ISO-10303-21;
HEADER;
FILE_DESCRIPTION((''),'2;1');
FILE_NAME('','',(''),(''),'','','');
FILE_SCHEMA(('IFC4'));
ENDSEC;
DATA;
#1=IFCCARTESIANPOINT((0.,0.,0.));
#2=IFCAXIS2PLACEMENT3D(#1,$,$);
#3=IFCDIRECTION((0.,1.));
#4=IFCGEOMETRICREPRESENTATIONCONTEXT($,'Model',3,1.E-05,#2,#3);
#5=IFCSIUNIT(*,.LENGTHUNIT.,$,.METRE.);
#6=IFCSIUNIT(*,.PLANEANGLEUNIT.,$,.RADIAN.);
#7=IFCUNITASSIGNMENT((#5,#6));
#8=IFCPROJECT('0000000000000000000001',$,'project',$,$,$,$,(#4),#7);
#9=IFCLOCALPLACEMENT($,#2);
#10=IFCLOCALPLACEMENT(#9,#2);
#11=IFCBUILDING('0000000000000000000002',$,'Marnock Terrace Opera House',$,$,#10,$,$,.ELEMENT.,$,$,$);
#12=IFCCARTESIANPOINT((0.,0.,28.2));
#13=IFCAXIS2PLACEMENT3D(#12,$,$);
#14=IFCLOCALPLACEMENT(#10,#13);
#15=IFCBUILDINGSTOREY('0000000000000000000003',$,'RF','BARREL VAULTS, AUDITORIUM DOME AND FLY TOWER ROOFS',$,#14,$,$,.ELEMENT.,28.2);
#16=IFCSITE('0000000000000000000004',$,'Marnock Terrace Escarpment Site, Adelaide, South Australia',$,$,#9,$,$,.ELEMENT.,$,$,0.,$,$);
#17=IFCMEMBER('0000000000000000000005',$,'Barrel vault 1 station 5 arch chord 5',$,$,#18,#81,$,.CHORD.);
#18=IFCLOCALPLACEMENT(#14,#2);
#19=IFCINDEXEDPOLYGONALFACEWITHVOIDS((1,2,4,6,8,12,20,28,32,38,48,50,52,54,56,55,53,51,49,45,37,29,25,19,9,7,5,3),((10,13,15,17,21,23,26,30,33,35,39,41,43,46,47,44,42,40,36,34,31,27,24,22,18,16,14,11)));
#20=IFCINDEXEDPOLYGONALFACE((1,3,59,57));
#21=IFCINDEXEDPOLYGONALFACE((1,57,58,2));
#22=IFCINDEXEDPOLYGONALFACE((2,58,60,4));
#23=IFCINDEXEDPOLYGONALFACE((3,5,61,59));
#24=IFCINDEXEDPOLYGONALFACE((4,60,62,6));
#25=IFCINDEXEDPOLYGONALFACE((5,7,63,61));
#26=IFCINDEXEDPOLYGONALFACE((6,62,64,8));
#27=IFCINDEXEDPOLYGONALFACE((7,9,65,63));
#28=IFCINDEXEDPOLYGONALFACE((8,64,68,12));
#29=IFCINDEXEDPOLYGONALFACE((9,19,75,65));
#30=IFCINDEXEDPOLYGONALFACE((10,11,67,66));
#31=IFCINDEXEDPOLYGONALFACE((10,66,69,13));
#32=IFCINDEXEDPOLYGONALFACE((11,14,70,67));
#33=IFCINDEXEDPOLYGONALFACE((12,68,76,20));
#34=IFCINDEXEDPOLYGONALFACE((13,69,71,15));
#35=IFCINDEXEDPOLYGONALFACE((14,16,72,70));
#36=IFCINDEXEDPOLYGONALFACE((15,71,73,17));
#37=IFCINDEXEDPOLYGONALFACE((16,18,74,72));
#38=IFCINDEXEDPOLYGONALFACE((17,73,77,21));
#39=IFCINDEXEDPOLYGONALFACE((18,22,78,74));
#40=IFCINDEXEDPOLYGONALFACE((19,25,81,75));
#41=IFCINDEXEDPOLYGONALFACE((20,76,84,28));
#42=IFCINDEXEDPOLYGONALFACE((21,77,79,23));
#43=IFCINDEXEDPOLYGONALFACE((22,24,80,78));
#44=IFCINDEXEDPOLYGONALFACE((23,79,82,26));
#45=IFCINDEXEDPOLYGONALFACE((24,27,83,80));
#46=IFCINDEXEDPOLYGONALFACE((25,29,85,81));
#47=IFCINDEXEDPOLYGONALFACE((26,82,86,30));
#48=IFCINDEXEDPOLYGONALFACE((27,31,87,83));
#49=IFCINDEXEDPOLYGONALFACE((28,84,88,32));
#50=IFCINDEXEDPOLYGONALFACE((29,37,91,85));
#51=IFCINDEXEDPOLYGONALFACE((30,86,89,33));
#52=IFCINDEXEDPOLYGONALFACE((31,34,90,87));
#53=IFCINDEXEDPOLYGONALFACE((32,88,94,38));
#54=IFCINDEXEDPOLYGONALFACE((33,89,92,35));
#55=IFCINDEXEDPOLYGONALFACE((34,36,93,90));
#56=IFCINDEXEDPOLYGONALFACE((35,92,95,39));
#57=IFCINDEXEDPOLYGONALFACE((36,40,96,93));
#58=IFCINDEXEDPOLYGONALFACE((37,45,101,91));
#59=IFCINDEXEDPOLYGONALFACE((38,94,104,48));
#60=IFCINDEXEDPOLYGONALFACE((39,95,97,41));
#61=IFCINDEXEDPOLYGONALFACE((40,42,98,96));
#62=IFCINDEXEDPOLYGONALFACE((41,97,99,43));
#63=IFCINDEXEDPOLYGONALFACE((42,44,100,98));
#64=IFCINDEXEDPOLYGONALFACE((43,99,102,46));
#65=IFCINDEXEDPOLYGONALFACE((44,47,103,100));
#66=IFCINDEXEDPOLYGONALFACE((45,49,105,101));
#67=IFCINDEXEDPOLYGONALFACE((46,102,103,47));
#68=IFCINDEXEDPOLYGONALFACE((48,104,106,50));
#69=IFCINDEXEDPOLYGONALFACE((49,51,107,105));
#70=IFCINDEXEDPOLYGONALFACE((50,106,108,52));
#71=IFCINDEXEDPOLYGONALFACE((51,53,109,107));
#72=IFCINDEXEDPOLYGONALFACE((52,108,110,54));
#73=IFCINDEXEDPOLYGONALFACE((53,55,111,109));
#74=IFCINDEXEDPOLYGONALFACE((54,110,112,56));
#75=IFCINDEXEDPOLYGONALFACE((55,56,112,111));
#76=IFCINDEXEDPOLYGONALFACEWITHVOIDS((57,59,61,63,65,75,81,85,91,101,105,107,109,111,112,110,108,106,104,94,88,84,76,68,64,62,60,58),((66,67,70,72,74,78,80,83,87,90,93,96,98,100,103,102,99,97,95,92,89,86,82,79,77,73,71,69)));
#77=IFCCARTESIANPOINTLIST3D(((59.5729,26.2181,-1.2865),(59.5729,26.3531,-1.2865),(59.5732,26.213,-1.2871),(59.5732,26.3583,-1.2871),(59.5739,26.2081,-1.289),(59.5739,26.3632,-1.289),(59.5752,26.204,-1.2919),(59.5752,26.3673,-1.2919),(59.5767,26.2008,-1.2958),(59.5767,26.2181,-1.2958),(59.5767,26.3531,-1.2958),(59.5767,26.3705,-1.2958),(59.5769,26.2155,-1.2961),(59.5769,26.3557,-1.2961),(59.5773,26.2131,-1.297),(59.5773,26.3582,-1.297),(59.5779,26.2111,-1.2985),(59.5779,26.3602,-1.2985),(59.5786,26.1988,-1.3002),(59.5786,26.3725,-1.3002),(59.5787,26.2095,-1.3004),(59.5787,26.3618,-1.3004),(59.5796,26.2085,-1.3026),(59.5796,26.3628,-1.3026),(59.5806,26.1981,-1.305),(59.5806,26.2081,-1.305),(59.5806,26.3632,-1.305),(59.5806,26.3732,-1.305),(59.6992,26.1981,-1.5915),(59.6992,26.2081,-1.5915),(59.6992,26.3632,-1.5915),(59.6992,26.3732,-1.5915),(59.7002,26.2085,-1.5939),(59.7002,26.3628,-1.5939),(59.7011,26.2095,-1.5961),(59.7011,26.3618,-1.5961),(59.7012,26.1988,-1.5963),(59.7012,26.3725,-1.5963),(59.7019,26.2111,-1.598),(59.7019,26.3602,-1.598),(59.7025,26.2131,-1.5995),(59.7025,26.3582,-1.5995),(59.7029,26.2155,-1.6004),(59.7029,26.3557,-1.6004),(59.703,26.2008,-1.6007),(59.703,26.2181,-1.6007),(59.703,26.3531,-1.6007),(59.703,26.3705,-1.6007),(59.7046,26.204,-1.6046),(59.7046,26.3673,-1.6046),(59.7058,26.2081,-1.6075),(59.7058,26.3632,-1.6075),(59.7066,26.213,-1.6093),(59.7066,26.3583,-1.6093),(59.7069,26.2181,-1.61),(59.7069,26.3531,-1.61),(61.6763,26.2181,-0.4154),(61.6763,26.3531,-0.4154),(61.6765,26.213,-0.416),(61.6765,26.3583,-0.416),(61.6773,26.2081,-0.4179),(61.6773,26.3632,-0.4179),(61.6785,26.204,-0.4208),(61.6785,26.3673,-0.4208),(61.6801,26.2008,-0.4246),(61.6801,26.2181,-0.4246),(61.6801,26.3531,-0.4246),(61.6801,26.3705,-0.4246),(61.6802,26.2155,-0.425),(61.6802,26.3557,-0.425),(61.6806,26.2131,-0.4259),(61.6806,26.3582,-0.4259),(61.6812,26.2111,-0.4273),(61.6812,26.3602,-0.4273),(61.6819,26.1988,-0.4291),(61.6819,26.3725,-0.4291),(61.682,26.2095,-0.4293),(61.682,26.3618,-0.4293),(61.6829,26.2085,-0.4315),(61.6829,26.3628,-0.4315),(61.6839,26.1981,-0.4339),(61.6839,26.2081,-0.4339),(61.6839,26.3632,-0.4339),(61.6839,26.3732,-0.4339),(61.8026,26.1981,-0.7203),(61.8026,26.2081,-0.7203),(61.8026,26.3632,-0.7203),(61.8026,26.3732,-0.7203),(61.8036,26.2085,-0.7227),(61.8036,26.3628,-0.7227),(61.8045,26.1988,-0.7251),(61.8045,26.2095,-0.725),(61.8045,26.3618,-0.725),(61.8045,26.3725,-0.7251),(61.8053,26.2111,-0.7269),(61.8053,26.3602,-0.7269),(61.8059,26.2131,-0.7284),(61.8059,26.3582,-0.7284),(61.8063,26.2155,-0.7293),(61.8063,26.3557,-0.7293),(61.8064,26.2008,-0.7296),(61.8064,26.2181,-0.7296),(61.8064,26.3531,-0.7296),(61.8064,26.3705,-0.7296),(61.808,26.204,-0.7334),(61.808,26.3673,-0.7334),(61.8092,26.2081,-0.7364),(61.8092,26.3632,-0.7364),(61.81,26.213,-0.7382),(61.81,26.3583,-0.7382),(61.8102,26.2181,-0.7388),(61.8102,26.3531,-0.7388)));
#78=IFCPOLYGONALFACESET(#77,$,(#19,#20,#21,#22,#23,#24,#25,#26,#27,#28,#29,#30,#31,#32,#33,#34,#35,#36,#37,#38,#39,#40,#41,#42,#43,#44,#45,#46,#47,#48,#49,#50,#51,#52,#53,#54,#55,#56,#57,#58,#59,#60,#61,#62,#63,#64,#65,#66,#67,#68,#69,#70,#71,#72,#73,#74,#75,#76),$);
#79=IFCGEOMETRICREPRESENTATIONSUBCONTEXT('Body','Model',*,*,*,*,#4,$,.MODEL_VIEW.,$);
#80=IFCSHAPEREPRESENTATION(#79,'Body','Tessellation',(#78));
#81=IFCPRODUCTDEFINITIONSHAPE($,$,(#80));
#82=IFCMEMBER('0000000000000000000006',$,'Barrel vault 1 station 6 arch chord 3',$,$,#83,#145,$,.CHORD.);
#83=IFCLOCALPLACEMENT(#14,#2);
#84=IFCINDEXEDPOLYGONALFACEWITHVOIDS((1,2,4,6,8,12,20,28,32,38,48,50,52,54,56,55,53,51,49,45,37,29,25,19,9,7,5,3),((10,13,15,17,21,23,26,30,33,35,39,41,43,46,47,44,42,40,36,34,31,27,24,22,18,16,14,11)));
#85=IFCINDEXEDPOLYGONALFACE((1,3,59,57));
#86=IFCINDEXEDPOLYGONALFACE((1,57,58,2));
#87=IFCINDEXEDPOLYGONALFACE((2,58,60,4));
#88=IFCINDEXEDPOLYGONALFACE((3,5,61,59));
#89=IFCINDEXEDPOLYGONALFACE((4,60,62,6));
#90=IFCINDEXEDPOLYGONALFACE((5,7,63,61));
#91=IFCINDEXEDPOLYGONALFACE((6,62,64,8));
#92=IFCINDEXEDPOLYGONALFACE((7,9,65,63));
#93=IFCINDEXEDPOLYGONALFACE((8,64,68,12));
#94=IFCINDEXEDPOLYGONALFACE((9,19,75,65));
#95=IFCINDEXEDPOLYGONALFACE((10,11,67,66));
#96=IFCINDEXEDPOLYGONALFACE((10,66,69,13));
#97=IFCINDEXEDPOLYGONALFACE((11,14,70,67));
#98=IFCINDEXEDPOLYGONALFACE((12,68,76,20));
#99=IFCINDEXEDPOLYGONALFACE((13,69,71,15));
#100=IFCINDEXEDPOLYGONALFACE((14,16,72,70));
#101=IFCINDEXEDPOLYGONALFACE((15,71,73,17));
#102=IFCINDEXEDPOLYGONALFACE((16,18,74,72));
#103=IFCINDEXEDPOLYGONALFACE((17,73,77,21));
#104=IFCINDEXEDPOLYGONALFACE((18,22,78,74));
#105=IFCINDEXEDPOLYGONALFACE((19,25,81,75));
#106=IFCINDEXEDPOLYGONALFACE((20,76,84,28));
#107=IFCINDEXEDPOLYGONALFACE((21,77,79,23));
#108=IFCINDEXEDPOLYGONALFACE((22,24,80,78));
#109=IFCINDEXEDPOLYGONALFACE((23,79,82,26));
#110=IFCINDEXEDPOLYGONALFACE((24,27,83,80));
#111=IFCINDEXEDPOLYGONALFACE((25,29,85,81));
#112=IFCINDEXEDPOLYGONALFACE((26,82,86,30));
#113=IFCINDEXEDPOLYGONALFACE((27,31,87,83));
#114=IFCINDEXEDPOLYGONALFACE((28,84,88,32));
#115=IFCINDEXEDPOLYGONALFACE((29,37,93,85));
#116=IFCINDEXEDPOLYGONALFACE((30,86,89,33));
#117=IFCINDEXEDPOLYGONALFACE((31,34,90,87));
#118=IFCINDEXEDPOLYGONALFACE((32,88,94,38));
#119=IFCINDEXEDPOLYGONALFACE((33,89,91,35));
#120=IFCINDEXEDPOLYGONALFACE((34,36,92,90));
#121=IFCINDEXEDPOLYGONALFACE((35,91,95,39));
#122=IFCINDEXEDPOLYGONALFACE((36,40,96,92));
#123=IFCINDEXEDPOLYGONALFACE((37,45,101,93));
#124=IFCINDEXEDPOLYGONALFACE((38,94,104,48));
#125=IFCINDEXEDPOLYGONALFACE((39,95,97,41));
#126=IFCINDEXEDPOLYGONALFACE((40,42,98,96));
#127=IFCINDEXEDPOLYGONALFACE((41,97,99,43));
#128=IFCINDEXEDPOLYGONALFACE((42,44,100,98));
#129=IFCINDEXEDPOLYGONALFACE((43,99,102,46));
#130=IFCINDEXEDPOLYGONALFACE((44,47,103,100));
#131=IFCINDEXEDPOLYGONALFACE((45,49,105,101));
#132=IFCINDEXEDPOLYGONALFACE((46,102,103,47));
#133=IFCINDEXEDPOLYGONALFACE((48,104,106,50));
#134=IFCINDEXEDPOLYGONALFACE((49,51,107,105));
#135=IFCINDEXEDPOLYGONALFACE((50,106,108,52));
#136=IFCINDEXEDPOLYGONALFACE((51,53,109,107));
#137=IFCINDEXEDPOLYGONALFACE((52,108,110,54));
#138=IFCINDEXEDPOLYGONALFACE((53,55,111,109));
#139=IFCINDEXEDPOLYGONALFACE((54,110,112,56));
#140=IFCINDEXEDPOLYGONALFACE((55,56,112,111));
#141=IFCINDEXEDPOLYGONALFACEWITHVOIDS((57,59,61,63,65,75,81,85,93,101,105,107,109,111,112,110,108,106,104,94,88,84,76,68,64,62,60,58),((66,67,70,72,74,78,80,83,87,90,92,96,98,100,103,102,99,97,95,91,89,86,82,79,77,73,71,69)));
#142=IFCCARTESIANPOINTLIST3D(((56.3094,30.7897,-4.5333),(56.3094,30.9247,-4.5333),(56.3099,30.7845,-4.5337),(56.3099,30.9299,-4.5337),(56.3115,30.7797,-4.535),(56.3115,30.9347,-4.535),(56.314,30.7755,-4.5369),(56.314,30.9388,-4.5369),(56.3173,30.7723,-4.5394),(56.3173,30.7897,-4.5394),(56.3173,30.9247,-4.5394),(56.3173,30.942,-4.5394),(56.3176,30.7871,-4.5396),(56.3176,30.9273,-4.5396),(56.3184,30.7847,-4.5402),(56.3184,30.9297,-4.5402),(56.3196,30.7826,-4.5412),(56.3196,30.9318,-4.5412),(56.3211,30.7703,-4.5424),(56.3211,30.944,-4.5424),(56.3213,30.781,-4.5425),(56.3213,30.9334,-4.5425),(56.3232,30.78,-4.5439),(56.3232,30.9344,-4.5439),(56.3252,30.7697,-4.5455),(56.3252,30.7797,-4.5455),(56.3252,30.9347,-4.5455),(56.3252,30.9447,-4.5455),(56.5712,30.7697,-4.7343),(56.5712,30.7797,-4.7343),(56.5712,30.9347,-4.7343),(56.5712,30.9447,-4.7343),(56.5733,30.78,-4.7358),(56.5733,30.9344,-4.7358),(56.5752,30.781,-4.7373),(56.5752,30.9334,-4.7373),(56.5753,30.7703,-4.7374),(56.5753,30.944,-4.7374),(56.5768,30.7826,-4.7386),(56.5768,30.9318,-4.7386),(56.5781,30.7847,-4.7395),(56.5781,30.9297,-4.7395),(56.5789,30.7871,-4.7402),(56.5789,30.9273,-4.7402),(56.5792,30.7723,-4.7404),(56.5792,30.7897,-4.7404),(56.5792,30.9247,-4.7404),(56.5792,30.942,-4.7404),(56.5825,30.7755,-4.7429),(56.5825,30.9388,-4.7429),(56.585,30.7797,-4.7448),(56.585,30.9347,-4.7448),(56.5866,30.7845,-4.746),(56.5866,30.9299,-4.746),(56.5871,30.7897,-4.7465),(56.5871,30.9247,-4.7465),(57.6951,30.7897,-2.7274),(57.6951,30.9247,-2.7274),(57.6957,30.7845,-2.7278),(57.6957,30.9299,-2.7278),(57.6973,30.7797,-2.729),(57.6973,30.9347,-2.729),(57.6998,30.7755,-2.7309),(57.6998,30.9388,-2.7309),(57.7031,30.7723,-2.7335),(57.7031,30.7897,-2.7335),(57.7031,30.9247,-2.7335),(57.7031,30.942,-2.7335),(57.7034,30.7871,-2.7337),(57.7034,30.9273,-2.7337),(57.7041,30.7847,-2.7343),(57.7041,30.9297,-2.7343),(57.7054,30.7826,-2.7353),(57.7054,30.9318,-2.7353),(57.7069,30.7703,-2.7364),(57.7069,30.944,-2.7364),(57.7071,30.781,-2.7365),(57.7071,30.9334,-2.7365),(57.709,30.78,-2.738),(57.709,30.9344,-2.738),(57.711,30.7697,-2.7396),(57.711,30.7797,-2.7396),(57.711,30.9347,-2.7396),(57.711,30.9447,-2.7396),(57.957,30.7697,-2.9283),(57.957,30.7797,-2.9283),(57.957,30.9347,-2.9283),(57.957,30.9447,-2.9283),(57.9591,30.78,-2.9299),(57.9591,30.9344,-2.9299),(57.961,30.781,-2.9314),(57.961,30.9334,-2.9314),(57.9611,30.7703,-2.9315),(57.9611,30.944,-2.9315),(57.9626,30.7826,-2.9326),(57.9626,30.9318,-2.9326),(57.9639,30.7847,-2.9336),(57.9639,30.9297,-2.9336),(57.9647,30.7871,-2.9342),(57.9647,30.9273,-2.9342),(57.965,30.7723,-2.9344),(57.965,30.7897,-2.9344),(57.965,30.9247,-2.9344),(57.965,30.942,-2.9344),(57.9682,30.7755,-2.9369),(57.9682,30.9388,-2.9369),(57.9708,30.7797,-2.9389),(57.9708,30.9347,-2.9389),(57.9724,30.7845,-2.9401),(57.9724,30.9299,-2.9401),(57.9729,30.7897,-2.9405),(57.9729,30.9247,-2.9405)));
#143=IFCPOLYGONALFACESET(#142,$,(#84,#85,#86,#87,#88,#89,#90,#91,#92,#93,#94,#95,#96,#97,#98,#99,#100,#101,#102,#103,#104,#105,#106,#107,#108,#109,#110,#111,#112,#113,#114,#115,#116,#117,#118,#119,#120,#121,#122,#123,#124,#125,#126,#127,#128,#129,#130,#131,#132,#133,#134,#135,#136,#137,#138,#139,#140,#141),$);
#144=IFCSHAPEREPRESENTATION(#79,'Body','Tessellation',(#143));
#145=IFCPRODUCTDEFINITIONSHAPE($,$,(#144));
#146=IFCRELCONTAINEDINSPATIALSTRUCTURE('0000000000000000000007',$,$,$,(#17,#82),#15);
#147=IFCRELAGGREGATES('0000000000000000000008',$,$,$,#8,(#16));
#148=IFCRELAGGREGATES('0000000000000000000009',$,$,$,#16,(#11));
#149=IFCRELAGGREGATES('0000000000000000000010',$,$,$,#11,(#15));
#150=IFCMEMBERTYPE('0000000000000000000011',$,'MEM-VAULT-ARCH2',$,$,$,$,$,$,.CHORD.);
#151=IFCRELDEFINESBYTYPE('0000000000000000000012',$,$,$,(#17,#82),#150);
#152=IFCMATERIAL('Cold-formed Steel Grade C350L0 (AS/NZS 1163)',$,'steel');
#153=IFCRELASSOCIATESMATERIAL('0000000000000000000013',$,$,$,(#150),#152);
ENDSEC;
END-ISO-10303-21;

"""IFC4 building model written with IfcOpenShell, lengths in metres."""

from ifc_helpers import new_model, si_unit, direction, frame, origin, origin_2d, place, context, subcontext, project, spatial, hollow_rectangle, extrude, material, material_profile, profile_set, type_object, element, save


model = new_model("IFC4")

# Units and contexts
model_context = context("Model", 3, precision=1e-05, world=origin(), true_north=direction((0.0, 1.0)))
body_context = subcontext(model_context, "Body", "Model", "MODEL_VIEW")
ifc_project = project(units=[si_unit("LENGTHUNIT", "METRE"), si_unit("PLANEANGLEUNIT", "RADIAN")], contexts=[model_context])

# Site, building, storey
site_placement = place(None, origin())
site = spatial("IfcSite", under=ifc_project, at=site_placement, Name="Marnock Terrace Escarpment Site, Adelaide, South Australia", CompositionType="ELEMENT", RefElevation=0.0)
building_placement = place(site_placement, origin())
building = spatial("IfcBuilding", under=site, at=building_placement, Name="Marnock Terrace Opera House", CompositionType="ELEMENT")
storey_placement = place(building_placement, frame((0.0, 0.0, 28.2)))
storey = spatial("IfcBuildingStorey", under=building, at=storey_placement, Name="RF", Description="BARREL VAULTS, AUDITORIUM DOME AND FLY TOWER ROOFS", CompositionType="ELEMENT", Elevation=28.2)

# Members
ifc_material_1 = material(Name="Cold-formed Steel Grade C350L0 (AS/NZS 1163)", Category="steel")
ifc_material_profile_1 = material_profile(ifc_material_1, hollow_rectangle(XDim=0.175, YDim=0.3501, WallThickness=0.01, InnerFilletRadius=0.01, OuterFilletRadius=0.02, at=origin_2d()))
ifc_profile_set_1 = profile_set([ifc_material_profile_1], Name="Cold-formed Steel Grade C350L0 (AS/NZS 1163)")
member_type_1 = type_object("IfcMemberType", Name="MEM-VAULT-ARCH2", PredefinedType="CHORD", material=ifc_profile_set_1)
member_1_placement = place(storey_placement, frame((59.6399, 26.2856, -1.4482), z_axis=(0.923897, 0.0, 0.382642), x_axis=(0.0, 1.0, 0.0)))
element("IfcMember", 1, at=member_1_placement, inside=storey, type_object=member_type_1, Name="Barrel vault 1 station 5 arch chord 5", PredefinedType="CHORD", context=body_context, shape_type="SweptSolid", body=[
    extrude(hollow_rectangle(XDim=0.175, YDim=0.3501, WallThickness=0.01, InnerFilletRadius=0.01, OuterFilletRadius=0.02, at=origin_2d()), origin(), (0.0, 0.0, 1.0), 2.2766),
])
for number, where, z_axis, x_axis, name in (
    (2, (56.4482, 30.8572, -4.6399), (0.608767, 0.0, 0.793349), (0.0, 1.0, 0.0), "Barrel vault 1 station 6 arch chord 3"),
):
    element("IfcMember", number, at=place(storey_placement, frame(where, z_axis=z_axis, x_axis=x_axis)), inside=storey, type_object=member_type_1, Name=name, PredefinedType="CHORD", context=body_context, shape_type="SweptSolid", body=[
        extrude(hollow_rectangle(XDim=0.175, YDim=0.3501, WallThickness=0.01, InnerFilletRadius=0.01, OuterFilletRadius=0.02, at=origin_2d()), origin(), (0.0, 0.0, 1.0), 2.2764),
    ])

save(model, "model.ifc")
